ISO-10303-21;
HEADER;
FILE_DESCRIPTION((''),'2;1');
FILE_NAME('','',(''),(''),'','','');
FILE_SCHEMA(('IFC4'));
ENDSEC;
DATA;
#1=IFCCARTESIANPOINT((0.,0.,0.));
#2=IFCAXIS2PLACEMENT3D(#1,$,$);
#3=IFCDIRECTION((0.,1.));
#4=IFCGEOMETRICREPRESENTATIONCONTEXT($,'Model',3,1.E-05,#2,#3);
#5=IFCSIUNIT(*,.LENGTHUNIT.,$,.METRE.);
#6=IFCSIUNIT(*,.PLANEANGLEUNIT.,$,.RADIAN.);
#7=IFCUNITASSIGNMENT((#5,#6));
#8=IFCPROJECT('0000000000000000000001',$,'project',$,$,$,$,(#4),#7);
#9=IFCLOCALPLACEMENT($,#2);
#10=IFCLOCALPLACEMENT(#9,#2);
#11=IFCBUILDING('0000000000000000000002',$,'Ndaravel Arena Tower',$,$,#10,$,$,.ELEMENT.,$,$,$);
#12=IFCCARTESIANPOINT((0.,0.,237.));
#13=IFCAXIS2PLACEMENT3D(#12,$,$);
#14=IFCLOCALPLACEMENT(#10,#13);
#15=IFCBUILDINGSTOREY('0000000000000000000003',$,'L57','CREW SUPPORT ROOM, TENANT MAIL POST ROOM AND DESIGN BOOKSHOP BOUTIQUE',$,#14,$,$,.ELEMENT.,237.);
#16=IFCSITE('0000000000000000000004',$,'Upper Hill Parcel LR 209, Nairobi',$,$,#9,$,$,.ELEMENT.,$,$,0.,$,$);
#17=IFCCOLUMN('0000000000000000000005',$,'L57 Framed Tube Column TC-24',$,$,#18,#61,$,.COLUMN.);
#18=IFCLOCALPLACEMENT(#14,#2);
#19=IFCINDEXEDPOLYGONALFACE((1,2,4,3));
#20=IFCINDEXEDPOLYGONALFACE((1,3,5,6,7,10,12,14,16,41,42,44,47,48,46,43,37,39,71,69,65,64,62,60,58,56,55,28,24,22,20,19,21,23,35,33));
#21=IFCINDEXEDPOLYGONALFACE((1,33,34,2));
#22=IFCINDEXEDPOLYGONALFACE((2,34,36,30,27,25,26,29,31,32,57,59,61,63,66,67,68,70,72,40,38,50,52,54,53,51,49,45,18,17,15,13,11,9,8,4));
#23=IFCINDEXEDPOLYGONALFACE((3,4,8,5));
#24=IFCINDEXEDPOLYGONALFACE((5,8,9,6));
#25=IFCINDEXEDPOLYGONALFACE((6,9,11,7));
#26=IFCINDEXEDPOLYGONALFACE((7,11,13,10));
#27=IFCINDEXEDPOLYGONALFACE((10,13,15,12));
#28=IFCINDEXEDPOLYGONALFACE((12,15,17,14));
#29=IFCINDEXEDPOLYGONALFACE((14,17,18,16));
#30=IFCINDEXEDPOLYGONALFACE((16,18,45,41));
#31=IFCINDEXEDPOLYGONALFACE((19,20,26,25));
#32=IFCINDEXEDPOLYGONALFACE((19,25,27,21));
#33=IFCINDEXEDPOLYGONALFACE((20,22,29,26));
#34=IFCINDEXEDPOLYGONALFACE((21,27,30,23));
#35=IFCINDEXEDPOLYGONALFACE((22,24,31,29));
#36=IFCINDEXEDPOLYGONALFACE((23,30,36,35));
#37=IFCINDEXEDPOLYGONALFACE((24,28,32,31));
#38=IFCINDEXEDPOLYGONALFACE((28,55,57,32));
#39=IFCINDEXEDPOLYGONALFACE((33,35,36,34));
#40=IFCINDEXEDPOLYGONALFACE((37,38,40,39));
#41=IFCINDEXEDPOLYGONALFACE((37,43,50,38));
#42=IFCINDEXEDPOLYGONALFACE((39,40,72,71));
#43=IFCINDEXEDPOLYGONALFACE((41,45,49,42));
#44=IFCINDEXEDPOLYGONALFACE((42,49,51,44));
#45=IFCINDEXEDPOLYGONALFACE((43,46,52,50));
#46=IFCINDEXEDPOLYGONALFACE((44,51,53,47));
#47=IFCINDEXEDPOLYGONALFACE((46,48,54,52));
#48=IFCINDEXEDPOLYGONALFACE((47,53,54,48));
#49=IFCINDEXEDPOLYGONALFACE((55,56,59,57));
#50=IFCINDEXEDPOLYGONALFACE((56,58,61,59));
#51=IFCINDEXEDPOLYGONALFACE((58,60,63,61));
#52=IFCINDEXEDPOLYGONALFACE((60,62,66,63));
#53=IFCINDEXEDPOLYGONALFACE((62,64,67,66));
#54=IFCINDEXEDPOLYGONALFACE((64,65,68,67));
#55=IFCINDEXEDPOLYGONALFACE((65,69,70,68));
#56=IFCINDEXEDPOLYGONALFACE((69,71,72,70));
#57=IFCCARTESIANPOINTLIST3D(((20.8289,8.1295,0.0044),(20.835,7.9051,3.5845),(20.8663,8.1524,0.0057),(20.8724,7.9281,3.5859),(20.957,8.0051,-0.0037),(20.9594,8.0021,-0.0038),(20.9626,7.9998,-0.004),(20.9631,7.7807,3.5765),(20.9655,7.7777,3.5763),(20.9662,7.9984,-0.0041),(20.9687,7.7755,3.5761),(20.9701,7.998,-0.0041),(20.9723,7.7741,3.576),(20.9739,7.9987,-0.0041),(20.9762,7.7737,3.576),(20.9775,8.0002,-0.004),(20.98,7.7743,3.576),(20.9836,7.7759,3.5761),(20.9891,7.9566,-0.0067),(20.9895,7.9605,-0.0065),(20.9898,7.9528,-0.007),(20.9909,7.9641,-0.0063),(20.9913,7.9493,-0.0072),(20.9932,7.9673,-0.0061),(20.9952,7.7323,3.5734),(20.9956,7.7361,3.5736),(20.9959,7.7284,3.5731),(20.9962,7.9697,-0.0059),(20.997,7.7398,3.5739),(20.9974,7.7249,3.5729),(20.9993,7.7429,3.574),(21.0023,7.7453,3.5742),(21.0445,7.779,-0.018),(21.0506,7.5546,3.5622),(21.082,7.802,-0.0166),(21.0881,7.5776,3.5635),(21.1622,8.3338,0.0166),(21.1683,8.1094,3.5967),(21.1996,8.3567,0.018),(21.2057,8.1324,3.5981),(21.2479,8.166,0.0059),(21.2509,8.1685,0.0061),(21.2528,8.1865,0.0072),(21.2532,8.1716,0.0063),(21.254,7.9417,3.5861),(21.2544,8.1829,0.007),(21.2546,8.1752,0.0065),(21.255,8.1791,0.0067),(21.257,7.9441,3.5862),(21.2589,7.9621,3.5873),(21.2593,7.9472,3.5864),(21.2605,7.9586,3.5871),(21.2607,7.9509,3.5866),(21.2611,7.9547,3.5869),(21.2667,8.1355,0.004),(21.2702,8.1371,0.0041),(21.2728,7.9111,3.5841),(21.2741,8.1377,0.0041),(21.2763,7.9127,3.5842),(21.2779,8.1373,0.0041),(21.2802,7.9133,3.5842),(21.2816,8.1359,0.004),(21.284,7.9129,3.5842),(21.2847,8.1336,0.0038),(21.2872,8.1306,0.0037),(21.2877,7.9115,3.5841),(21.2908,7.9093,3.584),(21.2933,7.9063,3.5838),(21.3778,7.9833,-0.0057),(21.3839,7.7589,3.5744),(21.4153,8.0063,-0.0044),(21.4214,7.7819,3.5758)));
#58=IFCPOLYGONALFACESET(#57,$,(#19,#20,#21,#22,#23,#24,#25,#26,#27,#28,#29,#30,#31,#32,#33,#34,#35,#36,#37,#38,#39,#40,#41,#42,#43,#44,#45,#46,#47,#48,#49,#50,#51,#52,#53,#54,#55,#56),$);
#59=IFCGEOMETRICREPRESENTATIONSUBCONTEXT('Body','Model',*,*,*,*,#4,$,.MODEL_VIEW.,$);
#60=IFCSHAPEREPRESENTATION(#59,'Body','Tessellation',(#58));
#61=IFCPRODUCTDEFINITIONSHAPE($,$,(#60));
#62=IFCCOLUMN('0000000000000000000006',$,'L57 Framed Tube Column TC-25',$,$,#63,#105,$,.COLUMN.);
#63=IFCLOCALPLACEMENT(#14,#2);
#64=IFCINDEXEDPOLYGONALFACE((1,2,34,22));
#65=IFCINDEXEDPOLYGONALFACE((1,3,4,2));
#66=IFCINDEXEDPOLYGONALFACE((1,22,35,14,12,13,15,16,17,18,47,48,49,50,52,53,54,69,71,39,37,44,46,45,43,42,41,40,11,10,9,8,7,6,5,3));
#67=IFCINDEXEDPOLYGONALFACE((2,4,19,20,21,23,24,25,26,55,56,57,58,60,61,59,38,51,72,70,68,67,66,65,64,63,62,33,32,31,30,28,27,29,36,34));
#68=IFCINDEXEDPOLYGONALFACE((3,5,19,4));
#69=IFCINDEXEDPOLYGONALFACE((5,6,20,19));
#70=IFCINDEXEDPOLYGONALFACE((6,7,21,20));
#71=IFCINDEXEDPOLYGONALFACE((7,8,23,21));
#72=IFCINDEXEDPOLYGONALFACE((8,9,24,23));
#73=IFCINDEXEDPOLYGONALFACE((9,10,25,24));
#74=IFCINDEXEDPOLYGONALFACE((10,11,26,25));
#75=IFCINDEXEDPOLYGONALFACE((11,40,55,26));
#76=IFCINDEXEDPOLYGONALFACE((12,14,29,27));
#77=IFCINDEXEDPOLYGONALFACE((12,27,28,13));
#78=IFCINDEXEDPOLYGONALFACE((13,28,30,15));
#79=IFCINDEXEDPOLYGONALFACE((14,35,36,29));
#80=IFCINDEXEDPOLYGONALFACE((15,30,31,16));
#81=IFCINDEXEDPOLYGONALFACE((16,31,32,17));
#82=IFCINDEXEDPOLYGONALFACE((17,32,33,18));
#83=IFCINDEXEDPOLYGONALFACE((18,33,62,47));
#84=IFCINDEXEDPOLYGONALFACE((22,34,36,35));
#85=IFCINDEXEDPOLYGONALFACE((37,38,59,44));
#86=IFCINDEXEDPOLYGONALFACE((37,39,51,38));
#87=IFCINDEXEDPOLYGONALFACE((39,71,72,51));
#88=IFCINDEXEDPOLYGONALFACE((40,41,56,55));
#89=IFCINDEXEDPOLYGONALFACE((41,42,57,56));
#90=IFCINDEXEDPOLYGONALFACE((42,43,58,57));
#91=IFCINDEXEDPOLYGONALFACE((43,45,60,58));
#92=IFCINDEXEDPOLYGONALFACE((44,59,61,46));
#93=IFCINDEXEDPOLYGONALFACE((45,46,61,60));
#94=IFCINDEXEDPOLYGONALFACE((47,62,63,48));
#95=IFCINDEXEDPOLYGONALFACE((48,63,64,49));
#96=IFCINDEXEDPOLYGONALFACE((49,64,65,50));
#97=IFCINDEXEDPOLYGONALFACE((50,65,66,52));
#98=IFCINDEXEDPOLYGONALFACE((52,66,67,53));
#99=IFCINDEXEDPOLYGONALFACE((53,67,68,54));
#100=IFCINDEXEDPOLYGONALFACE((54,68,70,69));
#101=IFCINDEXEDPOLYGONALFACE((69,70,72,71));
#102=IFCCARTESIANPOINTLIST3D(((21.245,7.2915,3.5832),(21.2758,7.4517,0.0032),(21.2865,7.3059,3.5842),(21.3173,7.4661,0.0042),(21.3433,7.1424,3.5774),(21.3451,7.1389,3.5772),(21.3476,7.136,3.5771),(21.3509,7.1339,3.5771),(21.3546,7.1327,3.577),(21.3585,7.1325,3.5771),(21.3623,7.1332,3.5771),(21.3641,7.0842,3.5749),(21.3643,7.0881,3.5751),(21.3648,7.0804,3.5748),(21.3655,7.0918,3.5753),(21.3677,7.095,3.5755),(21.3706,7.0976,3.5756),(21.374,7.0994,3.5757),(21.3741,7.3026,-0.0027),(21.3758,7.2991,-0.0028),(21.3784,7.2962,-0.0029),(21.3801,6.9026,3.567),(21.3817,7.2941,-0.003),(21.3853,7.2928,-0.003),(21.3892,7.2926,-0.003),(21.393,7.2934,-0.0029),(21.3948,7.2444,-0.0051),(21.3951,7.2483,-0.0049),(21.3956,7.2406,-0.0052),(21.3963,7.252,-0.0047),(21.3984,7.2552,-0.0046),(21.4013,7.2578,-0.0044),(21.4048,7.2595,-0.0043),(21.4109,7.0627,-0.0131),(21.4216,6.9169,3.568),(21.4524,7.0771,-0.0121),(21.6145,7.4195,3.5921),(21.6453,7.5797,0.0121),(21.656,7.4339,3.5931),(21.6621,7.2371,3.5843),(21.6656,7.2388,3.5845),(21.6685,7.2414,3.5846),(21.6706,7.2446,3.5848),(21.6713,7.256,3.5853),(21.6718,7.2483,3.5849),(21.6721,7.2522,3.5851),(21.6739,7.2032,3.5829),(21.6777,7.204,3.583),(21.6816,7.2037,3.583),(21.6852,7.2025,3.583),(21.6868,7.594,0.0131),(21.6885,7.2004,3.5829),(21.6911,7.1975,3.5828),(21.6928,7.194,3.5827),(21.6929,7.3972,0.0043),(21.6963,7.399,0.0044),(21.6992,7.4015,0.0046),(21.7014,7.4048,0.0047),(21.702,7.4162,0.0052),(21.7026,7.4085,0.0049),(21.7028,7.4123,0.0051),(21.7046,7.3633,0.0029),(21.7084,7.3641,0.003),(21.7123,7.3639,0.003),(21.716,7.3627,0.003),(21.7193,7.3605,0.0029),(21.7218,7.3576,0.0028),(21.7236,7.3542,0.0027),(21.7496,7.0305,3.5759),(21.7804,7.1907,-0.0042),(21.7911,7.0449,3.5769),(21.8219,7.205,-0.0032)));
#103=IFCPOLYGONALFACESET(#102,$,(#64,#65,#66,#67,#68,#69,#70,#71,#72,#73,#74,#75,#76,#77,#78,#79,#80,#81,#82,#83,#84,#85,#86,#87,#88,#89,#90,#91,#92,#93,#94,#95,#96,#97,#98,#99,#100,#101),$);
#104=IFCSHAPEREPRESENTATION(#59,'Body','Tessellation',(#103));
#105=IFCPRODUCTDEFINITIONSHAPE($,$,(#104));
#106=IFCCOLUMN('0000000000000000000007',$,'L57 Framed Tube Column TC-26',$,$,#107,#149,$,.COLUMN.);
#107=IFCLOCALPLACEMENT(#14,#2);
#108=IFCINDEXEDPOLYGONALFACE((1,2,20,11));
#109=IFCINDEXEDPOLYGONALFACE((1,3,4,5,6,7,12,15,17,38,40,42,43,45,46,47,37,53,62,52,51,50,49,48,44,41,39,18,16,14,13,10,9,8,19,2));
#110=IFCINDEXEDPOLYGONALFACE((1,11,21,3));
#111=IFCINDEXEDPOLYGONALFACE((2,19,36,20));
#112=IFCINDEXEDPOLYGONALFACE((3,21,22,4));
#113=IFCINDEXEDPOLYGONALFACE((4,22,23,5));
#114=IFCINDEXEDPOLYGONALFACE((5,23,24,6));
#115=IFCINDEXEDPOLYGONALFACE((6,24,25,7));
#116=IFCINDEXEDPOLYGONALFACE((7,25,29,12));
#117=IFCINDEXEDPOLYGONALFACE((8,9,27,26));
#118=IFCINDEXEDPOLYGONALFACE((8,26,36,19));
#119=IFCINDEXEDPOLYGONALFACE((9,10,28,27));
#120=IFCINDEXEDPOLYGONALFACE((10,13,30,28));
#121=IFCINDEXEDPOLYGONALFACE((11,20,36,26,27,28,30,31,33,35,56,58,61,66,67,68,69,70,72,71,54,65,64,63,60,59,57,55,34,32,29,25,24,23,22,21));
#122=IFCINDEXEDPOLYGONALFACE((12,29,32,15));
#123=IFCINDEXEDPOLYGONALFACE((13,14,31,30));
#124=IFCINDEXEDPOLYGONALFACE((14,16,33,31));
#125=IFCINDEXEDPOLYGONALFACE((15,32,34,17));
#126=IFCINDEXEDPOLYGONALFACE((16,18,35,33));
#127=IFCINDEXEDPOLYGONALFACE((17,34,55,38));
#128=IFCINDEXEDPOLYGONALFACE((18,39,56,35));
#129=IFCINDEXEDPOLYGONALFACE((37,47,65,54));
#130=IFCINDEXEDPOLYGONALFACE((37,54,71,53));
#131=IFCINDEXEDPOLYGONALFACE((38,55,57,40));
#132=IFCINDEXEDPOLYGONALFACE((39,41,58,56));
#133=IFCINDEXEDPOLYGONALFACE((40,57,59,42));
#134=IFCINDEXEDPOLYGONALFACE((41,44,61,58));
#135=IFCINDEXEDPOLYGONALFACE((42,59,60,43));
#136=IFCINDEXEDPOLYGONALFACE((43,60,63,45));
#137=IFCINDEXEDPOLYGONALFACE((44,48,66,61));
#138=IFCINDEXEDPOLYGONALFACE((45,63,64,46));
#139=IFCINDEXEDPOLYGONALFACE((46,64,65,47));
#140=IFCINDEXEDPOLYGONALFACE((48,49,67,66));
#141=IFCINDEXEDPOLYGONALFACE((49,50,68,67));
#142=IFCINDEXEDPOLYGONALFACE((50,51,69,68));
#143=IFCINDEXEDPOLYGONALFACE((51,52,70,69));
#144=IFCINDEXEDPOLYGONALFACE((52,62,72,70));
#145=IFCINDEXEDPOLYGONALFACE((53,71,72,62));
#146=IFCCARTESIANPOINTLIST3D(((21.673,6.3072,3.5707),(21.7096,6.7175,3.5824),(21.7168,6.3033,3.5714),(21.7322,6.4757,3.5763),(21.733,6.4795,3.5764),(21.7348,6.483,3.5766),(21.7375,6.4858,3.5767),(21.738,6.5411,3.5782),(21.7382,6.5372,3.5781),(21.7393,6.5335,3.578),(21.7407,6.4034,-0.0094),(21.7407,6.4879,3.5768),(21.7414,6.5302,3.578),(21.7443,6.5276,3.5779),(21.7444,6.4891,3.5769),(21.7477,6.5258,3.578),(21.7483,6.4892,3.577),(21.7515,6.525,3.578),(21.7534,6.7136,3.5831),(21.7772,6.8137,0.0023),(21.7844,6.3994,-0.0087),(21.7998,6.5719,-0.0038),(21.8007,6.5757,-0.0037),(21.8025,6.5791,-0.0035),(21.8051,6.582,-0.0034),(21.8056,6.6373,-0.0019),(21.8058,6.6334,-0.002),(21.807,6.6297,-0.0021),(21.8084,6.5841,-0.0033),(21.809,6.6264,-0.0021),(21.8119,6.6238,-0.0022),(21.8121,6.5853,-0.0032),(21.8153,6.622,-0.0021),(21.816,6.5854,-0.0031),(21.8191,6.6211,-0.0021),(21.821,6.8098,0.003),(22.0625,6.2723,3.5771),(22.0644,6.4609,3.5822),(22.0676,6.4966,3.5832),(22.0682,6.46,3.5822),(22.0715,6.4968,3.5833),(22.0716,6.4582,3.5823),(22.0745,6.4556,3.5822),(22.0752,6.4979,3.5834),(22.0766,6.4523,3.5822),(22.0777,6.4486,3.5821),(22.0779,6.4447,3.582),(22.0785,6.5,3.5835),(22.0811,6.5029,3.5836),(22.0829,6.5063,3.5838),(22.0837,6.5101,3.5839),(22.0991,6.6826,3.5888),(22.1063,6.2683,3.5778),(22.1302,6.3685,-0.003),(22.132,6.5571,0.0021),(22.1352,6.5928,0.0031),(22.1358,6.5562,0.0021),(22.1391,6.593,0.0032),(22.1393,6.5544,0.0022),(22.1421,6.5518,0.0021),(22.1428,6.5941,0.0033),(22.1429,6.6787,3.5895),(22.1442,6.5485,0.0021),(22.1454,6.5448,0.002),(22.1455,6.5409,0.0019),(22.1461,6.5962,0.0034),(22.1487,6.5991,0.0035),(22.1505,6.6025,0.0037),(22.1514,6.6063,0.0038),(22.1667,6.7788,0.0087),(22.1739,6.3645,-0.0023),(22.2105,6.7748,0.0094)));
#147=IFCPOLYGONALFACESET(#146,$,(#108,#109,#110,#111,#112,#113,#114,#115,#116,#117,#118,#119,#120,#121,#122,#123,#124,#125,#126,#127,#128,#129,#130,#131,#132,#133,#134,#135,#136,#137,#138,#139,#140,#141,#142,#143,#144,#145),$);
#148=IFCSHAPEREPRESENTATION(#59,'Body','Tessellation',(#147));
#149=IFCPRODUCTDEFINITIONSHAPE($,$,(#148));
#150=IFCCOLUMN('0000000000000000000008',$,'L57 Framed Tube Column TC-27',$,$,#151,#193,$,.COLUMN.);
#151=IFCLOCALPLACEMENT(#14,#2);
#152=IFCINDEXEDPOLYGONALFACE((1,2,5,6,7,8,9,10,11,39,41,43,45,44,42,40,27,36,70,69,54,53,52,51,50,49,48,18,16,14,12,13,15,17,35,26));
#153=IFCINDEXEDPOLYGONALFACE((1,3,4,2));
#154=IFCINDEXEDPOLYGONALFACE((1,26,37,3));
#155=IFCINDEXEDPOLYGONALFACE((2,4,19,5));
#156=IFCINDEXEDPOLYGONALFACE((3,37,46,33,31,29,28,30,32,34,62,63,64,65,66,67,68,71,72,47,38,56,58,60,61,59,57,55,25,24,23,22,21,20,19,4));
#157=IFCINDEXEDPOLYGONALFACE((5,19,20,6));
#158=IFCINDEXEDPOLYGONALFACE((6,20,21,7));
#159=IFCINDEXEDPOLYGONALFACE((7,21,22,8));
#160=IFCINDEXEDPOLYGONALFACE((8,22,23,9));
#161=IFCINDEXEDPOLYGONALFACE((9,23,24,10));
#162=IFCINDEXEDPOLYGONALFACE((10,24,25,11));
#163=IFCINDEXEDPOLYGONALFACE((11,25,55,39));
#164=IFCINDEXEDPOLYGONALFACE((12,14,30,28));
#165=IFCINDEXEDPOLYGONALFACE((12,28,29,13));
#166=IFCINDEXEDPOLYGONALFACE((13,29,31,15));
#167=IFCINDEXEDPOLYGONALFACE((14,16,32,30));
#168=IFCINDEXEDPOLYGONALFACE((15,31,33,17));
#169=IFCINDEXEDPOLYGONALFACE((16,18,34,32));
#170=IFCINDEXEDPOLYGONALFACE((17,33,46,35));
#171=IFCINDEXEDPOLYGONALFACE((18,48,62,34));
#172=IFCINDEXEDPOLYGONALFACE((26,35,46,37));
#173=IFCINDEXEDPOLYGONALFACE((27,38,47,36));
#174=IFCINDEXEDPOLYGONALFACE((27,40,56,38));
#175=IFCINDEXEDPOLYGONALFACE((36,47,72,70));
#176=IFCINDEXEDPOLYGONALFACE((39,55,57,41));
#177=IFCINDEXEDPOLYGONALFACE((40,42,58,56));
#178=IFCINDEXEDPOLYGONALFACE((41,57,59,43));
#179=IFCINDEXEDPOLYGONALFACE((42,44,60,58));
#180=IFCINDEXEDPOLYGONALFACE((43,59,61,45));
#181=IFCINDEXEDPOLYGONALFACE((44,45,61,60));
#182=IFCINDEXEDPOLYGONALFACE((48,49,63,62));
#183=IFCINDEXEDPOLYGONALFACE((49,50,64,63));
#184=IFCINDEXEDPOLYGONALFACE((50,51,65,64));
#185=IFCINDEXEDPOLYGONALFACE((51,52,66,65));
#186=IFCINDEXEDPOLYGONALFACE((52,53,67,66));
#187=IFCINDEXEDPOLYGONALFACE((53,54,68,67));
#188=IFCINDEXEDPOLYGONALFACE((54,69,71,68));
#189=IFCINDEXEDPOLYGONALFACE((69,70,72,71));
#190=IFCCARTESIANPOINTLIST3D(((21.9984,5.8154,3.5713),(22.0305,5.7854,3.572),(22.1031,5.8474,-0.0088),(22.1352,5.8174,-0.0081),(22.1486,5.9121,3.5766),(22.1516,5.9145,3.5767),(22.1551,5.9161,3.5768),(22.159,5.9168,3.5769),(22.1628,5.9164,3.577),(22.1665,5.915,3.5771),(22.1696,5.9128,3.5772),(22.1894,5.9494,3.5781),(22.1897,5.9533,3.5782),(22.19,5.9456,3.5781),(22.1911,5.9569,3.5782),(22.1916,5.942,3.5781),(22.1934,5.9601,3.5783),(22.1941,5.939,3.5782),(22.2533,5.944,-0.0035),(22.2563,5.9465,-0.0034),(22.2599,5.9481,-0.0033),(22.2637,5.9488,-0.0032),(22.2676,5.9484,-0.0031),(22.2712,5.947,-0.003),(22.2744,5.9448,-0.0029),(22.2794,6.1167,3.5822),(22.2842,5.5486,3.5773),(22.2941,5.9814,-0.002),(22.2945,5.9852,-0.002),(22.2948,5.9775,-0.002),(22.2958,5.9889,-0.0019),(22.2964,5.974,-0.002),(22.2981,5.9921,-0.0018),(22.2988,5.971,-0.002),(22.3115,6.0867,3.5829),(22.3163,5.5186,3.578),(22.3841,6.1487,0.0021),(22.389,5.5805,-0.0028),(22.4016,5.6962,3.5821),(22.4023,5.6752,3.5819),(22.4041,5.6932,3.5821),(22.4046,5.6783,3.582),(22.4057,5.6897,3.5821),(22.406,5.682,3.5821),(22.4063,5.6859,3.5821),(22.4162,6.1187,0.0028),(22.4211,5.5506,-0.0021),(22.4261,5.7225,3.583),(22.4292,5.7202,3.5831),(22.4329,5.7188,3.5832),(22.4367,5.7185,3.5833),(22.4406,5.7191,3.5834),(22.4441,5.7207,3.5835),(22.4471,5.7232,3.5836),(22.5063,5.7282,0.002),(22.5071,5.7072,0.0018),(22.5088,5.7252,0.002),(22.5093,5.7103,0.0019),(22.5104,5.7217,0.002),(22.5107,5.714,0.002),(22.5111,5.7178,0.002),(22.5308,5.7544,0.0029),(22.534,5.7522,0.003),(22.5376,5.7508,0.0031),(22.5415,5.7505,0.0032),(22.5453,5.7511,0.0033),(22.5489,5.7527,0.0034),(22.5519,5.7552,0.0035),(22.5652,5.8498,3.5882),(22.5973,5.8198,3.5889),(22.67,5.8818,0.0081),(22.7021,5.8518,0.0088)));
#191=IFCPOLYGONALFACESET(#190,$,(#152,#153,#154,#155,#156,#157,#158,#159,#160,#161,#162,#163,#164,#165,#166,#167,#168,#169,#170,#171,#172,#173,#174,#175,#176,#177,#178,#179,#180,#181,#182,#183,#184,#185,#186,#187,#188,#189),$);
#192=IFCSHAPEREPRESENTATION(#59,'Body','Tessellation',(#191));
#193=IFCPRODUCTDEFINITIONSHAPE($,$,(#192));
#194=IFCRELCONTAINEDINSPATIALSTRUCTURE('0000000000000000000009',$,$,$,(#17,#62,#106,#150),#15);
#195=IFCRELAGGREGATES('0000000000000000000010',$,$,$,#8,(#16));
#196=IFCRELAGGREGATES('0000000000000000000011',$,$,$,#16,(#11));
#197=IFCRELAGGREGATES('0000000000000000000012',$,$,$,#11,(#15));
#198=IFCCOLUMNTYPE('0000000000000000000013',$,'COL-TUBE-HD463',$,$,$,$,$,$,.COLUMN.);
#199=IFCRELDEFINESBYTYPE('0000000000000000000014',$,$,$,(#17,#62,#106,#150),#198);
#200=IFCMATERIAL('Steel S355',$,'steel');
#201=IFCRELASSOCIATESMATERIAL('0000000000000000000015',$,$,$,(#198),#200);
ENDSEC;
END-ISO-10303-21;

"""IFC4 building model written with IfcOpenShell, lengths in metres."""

from ifc_helpers import new_model, si_unit, direction, frame, origin, origin_2d, place, context, subcontext, project, spatial, i_section, extrude, material, material_profile, profile_set, type_object, element, save


model = new_model("IFC4")

# Units and contexts
model_context = context("Model", 3, precision=1e-05, world=origin(), true_north=direction((0.0, 1.0)))
body_context = subcontext(model_context, "Body", "Model", "MODEL_VIEW")
ifc_project = project(units=[si_unit("LENGTHUNIT", "METRE"), si_unit("PLANEANGLEUNIT", "RADIAN")], contexts=[model_context])

# Site, building, storey
site_placement = place(None, origin())
site = spatial("IfcSite", under=ifc_project, at=site_placement, Name="Upper Hill Parcel LR 209, Nairobi", CompositionType="ELEMENT", RefElevation=0.0)
building_placement = place(site_placement, origin())
building = spatial("IfcBuilding", under=site, at=building_placement, Name="Ndaravel Arena Tower", CompositionType="ELEMENT")
storey_placement = place(building_placement, frame((0.0, 0.0, 237.0)))
storey = spatial("IfcBuildingStorey", under=building, at=storey_placement, Name="L57", Description="CREW SUPPORT ROOM, TENANT MAIL POST ROOM AND DESIGN BOOKSHOP BOUTIQUE", CompositionType="ELEMENT", Elevation=237.0)

# Columns
ifc_material_1 = material(Name="Steel S355", Category="steel")
ifc_material_profile_1 = material_profile(ifc_material_1, i_section(OverallWidth=0.4121, OverallDepth=0.4351, WebThickness=0.0359, FlangeThickness=0.0439, FilletRadius=0.0149, at=origin_2d()), Name="HD 400x463")
ifc_profile_set_1 = profile_set([ifc_material_profile_1], Name="Steel S355")
column_type = type_object("IfcColumnType", Name="COL-TUBE-HD463", PredefinedType="COLUMN", material=ifc_profile_set_1)
column_1_placement = place(storey_placement, frame((21.1221, 8.0679, 0.0), z_axis=(0.001702, -0.062548, 0.998041), x_axis=(-0.523319, 0.850412, 0.054188)))
element("IfcColumn", 1, at=column_1_placement, inside=storey, type_object=column_type, Name="L57 Framed Tube Column TC-24", PredefinedType="COLUMN", context=body_context, shape_type="SweptSolid", body=[
    extrude(i_section(OverallWidth=0.4121, OverallDepth=0.4351, WebThickness=0.0359, FlangeThickness=0.0439, FilletRadius=0.0149, at=origin_2d()), origin(), (0.0, 0.0, 1.0), 3.5872),
])
column_2_placement = place(storey_placement, frame((21.5488, 7.3284, 0.0), z_axis=(-0.008584, -0.044689, 0.998964), x_axis=(-0.327839, 0.943911, 0.039409)))
element("IfcColumn", 2, at=column_2_placement, inside=storey, type_object=column_type, Name="L57 Framed Tube Column TC-25", PredefinedType="COLUMN", context=body_context, shape_type="SweptSolid", body=[
    extrude(i_section(OverallWidth=0.4121, OverallDepth=0.4351, WebThickness=0.0359, FlangeThickness=0.0439, FilletRadius=0.0149, at=origin_2d()), origin(), (0.0, 0.0, 1.0), 3.5837),
])
column_3_placement = place(storey_placement, frame((21.9756, 6.5891, 0.0), z_axis=(-0.01888, -0.026854, 0.999461), x_axis=(0.088782, 0.995645, 0.028429)))
element("IfcColumn", 3, at=column_3_placement, inside=storey, type_object=column_type, Name="L57 Framed Tube Column TC-26", PredefinedType="COLUMN", context=body_context, shape_type="SweptSolid", body=[
    extrude(i_section(OverallWidth=0.4121, OverallDepth=0.4351, WebThickness=0.0359, FlangeThickness=0.0439, FilletRadius=0.0149, at=origin_2d()), origin(), (0.0, 0.0, 1.0), 3.582),
])
column_4_placement = place(storey_placement, frame((22.4026, 5.8496, 0.0), z_axis=(-0.029242, -0.008929, 0.999532), x_axis=(0.681858, 0.731005, 0.026478)))
element("IfcColumn", 4, at=column_4_placement, inside=storey, type_object=column_type, Name="L57 Framed Tube Column TC-27", PredefinedType="COLUMN", context=body_context, shape_type="SweptSolid", body=[
    extrude(i_section(OverallWidth=0.4121, OverallDepth=0.4351, WebThickness=0.0359, FlangeThickness=0.0439, FilletRadius=0.0149, at=origin_2d()), origin(), (0.0, 0.0, 1.0), 3.5818),
])

save(model, "model.ifc")
